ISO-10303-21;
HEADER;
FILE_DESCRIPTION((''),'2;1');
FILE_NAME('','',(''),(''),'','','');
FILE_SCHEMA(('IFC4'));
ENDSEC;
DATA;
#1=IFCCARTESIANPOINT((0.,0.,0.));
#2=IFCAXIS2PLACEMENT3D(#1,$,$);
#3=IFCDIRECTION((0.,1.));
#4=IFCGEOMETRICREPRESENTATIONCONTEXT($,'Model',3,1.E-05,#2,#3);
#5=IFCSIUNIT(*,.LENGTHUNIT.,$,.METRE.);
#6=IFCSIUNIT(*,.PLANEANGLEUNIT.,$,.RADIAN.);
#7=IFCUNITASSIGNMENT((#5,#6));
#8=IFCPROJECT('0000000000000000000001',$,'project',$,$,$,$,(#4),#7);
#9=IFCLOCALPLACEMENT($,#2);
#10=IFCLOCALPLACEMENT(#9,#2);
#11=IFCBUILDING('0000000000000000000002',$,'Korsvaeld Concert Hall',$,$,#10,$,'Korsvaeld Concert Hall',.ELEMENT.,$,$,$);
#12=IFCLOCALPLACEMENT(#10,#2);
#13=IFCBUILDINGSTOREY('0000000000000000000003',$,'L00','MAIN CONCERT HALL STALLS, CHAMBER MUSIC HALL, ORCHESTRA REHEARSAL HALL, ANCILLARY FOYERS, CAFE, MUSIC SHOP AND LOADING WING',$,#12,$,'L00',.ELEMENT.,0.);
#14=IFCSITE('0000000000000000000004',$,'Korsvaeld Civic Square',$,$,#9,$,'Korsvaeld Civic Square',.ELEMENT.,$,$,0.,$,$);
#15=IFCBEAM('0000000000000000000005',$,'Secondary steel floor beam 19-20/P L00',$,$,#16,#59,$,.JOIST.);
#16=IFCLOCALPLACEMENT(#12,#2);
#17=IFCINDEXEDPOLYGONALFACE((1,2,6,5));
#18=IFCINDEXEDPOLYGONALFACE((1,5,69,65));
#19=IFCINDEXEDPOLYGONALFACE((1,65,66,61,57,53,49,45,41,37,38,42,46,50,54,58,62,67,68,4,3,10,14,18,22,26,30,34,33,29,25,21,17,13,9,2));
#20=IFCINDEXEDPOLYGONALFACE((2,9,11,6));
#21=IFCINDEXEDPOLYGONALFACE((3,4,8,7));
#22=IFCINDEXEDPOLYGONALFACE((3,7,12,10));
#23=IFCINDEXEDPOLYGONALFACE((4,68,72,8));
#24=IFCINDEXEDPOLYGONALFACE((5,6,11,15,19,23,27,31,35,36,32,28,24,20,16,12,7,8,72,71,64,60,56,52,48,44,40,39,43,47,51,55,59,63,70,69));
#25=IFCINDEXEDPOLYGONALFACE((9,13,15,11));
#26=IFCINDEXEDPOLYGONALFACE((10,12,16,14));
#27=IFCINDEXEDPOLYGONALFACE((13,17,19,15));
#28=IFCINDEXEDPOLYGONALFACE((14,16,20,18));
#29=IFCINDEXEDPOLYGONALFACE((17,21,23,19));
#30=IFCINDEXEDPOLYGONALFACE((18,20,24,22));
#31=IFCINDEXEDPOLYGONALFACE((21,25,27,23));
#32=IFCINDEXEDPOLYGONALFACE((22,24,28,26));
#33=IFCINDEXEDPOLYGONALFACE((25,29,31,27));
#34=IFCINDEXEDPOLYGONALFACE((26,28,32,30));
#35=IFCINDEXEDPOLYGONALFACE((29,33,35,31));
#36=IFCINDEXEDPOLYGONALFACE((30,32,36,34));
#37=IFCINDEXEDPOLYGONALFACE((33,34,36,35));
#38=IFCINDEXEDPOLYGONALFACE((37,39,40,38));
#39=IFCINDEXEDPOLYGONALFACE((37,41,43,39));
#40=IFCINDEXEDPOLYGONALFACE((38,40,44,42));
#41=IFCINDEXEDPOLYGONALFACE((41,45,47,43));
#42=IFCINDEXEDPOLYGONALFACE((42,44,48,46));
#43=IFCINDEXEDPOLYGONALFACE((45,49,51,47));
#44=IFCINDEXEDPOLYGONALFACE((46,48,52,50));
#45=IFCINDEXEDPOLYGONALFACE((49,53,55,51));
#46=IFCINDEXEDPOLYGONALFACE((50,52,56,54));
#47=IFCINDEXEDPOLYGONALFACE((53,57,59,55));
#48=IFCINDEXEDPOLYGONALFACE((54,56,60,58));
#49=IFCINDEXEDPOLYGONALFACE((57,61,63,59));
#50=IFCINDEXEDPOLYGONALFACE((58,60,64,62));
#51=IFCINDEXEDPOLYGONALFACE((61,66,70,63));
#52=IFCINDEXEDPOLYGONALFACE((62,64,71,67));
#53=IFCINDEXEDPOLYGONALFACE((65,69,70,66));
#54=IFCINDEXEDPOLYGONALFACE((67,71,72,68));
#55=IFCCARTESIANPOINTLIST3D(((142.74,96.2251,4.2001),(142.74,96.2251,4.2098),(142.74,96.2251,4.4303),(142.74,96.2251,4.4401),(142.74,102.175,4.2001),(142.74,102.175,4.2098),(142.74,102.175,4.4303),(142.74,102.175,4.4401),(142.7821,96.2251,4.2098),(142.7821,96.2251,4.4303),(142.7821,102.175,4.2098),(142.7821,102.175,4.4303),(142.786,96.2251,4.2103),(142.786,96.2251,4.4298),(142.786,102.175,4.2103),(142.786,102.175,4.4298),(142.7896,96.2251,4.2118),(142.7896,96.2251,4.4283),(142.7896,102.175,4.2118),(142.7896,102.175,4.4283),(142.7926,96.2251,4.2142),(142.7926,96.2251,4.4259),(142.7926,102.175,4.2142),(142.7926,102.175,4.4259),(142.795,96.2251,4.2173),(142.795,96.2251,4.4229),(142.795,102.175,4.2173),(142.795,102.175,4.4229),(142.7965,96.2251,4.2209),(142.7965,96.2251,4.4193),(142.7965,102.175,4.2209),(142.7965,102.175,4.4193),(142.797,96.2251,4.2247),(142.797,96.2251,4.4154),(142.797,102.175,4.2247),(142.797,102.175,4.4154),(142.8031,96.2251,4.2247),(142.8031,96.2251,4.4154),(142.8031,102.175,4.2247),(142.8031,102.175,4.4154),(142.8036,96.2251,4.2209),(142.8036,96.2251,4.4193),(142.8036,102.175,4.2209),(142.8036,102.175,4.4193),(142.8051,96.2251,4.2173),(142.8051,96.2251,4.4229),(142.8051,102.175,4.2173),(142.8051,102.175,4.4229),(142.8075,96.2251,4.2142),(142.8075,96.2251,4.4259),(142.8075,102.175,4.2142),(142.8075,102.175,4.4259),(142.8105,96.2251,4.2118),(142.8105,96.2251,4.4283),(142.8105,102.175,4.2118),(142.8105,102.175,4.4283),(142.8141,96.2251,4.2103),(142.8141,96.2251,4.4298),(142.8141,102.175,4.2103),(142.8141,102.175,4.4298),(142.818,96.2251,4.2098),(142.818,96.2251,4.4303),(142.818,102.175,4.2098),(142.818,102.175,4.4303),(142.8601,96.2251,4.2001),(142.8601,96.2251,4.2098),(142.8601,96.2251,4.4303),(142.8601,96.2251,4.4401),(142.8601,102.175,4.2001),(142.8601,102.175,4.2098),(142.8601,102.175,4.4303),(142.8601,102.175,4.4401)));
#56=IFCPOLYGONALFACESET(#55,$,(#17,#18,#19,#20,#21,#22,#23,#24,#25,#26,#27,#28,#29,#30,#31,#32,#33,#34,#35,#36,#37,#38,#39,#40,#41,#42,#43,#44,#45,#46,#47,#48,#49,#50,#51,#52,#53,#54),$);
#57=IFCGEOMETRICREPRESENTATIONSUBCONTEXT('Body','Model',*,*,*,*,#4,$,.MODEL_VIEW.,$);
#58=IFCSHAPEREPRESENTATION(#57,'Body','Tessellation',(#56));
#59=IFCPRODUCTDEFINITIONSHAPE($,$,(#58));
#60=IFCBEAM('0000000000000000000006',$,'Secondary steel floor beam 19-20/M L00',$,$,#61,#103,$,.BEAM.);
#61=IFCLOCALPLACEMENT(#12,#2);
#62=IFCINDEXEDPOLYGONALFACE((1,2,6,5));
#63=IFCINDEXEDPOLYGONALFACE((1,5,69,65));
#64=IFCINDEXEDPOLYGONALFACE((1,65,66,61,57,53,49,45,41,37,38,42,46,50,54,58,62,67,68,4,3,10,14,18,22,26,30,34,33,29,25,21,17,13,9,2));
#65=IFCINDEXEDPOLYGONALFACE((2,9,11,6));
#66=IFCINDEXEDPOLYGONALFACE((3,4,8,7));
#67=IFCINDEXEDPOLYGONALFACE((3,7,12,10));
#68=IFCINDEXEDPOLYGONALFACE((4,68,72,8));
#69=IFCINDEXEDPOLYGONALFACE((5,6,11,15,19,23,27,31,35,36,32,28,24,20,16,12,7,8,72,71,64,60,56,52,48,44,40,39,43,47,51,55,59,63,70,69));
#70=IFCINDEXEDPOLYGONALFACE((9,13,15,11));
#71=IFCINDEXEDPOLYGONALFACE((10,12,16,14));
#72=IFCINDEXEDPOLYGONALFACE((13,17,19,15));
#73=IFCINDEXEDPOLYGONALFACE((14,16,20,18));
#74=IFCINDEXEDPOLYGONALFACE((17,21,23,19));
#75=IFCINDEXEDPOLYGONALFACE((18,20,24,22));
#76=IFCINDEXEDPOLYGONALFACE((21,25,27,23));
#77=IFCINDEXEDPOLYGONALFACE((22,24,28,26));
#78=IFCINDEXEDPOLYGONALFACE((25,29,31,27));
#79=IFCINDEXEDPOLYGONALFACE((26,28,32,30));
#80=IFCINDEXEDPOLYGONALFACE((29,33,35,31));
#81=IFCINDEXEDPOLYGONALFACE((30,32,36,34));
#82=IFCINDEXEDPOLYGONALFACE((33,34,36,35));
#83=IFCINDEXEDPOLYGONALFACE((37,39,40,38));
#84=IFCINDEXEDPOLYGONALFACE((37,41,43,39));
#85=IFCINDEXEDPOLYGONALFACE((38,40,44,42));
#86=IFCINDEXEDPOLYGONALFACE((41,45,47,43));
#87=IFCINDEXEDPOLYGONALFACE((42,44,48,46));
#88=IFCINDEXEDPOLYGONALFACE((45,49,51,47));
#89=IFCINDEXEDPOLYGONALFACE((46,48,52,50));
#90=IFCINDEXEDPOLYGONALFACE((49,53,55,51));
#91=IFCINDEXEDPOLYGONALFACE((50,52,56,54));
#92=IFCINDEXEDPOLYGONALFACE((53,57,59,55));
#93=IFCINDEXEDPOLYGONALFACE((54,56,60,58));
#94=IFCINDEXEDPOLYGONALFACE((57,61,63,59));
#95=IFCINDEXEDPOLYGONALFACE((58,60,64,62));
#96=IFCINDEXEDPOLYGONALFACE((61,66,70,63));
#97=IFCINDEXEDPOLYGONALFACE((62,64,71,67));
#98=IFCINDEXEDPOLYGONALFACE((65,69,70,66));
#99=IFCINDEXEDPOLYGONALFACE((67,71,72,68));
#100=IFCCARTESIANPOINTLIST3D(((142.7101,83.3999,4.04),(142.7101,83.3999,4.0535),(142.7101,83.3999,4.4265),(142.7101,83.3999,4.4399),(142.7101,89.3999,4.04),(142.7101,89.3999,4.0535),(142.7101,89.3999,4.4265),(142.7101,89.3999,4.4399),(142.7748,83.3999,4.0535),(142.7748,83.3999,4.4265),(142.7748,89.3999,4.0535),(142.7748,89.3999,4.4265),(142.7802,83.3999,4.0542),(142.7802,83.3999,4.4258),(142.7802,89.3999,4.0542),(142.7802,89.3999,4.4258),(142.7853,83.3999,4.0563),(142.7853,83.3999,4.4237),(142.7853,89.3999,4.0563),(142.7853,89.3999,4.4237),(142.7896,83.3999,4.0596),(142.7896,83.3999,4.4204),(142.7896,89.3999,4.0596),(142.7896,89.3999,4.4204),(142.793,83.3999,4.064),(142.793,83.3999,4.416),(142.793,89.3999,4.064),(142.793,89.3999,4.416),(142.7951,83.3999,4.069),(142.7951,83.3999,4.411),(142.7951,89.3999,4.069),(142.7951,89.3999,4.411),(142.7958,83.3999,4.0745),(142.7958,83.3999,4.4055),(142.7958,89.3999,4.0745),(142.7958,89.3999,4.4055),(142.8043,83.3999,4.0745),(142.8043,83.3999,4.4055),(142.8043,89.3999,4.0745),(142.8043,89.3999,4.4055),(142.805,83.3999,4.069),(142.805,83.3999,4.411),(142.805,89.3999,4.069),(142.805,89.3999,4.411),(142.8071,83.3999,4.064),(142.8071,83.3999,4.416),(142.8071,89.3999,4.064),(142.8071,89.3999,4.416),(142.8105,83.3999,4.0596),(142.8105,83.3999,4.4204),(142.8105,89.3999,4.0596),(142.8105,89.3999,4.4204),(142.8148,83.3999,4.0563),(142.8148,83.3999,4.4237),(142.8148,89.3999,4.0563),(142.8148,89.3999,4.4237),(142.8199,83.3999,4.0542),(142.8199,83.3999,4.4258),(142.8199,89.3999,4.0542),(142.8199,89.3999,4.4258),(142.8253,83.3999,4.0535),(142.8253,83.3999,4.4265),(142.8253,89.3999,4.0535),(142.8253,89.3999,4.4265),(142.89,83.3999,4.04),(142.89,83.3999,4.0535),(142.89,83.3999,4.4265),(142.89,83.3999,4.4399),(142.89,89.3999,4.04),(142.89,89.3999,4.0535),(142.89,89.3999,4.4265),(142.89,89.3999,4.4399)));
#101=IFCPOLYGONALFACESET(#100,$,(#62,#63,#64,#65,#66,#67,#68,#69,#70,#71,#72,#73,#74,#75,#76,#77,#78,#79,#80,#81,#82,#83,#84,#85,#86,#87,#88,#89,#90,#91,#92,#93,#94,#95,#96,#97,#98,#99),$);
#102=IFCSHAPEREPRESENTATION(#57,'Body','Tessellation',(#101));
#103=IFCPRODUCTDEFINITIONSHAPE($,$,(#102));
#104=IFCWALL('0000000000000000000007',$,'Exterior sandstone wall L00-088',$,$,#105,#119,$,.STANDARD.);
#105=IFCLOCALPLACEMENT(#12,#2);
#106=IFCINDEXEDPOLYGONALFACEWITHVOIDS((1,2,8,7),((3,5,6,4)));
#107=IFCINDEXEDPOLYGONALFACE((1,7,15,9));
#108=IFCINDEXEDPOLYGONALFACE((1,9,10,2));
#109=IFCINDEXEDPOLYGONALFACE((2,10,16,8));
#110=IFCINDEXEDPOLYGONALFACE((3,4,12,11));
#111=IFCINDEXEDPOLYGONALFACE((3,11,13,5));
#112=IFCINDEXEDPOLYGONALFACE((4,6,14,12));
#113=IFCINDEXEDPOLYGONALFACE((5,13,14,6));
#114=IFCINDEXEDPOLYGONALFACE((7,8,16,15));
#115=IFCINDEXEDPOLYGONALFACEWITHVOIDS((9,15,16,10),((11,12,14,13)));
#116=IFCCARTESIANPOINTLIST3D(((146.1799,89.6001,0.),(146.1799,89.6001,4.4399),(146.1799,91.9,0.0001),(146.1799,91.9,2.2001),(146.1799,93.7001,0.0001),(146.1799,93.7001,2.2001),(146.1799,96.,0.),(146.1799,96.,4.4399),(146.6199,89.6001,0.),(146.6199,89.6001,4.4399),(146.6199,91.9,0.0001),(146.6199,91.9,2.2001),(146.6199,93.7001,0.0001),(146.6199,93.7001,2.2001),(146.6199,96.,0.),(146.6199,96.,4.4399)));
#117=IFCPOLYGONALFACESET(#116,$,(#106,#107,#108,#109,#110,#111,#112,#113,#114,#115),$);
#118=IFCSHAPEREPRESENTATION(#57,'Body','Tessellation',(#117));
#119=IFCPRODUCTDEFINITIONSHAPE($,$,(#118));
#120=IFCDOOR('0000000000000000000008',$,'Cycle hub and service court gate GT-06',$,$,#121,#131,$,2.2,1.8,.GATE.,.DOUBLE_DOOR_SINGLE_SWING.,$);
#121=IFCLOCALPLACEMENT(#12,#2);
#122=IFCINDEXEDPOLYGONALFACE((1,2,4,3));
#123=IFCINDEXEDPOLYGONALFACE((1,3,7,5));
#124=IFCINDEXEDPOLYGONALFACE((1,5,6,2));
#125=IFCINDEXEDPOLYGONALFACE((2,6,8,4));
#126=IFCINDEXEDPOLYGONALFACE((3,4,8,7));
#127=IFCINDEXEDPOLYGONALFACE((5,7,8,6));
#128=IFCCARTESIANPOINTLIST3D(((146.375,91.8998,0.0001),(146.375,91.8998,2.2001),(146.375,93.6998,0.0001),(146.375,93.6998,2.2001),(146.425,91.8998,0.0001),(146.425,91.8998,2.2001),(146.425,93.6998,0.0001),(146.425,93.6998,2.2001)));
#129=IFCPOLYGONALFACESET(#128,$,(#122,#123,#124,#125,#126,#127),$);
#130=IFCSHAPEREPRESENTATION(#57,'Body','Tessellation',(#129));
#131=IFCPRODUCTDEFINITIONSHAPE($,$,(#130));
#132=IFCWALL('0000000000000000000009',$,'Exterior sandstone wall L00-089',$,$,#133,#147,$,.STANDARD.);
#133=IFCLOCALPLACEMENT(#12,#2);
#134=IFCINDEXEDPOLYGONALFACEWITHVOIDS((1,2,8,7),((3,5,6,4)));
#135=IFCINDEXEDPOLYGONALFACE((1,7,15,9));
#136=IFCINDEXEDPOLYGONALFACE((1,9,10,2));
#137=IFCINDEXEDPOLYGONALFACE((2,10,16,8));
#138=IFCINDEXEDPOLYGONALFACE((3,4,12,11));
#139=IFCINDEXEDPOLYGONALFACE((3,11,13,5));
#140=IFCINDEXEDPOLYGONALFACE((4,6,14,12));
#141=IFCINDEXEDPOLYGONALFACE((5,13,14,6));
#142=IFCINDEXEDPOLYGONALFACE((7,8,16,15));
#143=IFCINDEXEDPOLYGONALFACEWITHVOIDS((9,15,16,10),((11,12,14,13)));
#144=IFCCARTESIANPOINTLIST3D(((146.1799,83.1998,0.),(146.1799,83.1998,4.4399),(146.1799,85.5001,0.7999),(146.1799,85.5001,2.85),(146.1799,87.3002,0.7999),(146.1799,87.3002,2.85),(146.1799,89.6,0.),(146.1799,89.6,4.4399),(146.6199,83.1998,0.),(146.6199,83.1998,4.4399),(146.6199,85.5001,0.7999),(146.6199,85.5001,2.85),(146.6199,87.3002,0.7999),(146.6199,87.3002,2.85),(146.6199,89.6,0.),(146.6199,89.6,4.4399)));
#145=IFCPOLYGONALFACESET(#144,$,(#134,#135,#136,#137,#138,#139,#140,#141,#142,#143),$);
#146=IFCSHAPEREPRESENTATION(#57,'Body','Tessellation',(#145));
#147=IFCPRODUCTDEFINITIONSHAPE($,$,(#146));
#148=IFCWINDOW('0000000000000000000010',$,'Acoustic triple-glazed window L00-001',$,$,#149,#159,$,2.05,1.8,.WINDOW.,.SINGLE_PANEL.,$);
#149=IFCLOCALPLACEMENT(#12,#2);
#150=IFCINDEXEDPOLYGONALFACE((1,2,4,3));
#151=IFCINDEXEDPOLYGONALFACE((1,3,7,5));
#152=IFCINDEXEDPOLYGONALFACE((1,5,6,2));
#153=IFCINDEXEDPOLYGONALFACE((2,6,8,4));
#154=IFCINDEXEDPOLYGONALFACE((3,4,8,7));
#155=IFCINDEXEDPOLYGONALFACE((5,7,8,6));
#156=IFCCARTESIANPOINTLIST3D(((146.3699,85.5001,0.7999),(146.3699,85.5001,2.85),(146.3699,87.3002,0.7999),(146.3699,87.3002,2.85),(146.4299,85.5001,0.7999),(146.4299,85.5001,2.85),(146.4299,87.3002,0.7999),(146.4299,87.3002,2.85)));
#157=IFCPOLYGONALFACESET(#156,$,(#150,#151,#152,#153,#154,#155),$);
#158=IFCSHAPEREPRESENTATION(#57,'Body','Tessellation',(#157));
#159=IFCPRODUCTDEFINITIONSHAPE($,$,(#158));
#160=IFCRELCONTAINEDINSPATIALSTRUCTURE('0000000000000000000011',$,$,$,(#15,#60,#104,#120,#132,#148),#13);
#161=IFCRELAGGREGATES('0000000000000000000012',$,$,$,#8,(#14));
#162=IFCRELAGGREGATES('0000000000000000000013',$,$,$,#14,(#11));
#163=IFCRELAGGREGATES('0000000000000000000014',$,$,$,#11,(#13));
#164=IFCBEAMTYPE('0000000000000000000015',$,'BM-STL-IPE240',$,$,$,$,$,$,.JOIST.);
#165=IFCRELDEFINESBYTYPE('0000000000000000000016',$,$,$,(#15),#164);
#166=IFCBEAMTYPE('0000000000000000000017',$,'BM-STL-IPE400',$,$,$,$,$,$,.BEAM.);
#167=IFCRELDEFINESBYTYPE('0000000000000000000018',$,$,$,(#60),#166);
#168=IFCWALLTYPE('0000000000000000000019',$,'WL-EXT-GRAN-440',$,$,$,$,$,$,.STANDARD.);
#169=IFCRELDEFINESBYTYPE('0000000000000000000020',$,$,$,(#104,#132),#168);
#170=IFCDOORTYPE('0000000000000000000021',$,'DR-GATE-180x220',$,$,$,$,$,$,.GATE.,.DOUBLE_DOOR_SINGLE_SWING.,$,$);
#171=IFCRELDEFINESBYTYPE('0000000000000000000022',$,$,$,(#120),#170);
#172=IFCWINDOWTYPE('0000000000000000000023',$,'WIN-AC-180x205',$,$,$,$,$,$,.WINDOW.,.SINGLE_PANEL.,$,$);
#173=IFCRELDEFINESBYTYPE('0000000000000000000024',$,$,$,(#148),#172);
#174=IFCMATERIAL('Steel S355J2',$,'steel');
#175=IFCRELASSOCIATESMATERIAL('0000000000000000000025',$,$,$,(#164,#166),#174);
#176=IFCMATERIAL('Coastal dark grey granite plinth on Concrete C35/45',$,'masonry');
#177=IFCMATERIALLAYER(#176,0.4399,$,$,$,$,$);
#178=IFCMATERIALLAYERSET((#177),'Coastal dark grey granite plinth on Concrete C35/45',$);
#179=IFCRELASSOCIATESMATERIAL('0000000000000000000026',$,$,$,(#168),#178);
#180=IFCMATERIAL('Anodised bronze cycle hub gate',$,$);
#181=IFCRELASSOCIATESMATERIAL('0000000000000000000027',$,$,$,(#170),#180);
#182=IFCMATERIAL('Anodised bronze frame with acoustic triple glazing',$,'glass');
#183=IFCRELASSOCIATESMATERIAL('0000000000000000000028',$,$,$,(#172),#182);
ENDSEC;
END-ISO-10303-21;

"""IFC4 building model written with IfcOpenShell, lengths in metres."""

from ifc_helpers import new_model, si_unit, direction, frame, frame_2d, origin, origin_2d, place, context, subcontext, project, spatial, rectangle, i_section, extrude, material, layer, layer_set, material_profile, profile_set, type_object, element, fill, save


model = new_model("IFC4")

# Units and contexts
model_context = context("Model", 3, precision=1e-05, world=origin(), true_north=direction((0.0, 1.0)))
body_context = subcontext(model_context, "Body", "Model", "MODEL_VIEW")
ifc_project = project(units=[si_unit("LENGTHUNIT", "METRE"), si_unit("PLANEANGLEUNIT", "RADIAN")], contexts=[model_context])

# Site, building, storey
site_placement = place(None, origin())
site = spatial("IfcSite", under=ifc_project, at=site_placement, Name="Korsvaeld Civic Square", LongName="Korsvaeld Civic Square", CompositionType="ELEMENT", RefElevation=0.0)
building_placement = place(site_placement, origin())
building = spatial("IfcBuilding", under=site, at=building_placement, Name="Korsvaeld Concert Hall", LongName="Korsvaeld Concert Hall", CompositionType="ELEMENT")
storey_placement = place(building_placement, origin())
storey = spatial("IfcBuildingStorey", under=building, at=storey_placement, Name="L00", Description="MAIN CONCERT HALL STALLS, CHAMBER MUSIC HALL, ORCHESTRA REHEARSAL HALL, ANCILLARY FOYERS, CAFE, MUSIC SHOP AND LOADING WING", LongName="L00", CompositionType="ELEMENT", Elevation=0.0)

# Beams
ifc_material_1 = material(Name="Steel S355J2", Category="steel")
ifc_material_profile_1 = material_profile(ifc_material_1, i_section(OverallWidth=0.1201, OverallDepth=0.24, WebThickness=0.0061, FlangeThickness=0.0098, FilletRadius=0.0149, at=origin_2d()), Name="IPE 240")
ifc_profile_set_1 = profile_set([ifc_material_profile_1], Name="Steel S355J2")
beam_type_1 = type_object("IfcBeamType", Name="BM-STL-IPE240", PredefinedType="JOIST", material=ifc_profile_set_1)
beam_1_placement = place(storey_placement, frame((142.8, 96.2251, 4.3201), z_axis=(0.0, 1.0, 0.0), x_axis=(-1.0, 0.0, 0.0)))
element("IfcBeam", 1, at=beam_1_placement, inside=storey, type_object=beam_type_1, Name="Secondary steel floor beam 19-20/P L00", PredefinedType="JOIST", context=body_context, shape_type="SweptSolid", body=[
    extrude(i_section(OverallWidth=0.1201, OverallDepth=0.24, WebThickness=0.0061, FlangeThickness=0.0098, FilletRadius=0.0149, at=origin_2d()), origin(), (0.0, 0.0, 1.0), 5.95),
])
ifc_material_profile_2 = material_profile(ifc_material_1, i_section(OverallWidth=0.1799, OverallDepth=0.3999, WebThickness=0.0085, FlangeThickness=0.0134, FilletRadius=0.021, at=origin_2d()), Name="IPE 400")
ifc_profile_set_2 = profile_set([ifc_material_profile_2], Name="Steel S355J2")
beam_type_2 = type_object("IfcBeamType", Name="BM-STL-IPE400", PredefinedType="BEAM", material=ifc_profile_set_2)
beam_2_placement = place(storey_placement, frame((142.8, 83.3999, 4.24), z_axis=(0.0, 1.0, 0.0), x_axis=(-1.0, 0.0, 0.0)))
element("IfcBeam", 2, at=beam_2_placement, inside=storey, type_object=beam_type_2, Name="Secondary steel floor beam 19-20/M L00", PredefinedType="BEAM", context=body_context, shape_type="SweptSolid", body=[
    extrude(i_section(OverallWidth=0.1799, OverallDepth=0.3999, WebThickness=0.0085, FlangeThickness=0.0134, FilletRadius=0.021, at=origin_2d()), origin(), (0.0, 0.0, 1.0), 6.0),
])

# Wall, opening, door
ifc_material_2 = material(Name="Coastal dark grey granite plinth on Concrete C35/45", Category="masonry")
ifc_layer_1 = layer(ifc_material_2, 0.4399)
ifc_layer_set_1 = layer_set([ifc_layer_1], Name="Coastal dark grey granite plinth on Concrete C35/45")
wall_type_1 = type_object("IfcWallType", Name="WL-EXT-GRAN-440", PredefinedType="STANDARD", material=ifc_layer_set_1)
wall_1_placement = place(storey_placement, frame((146.3999, 96.0, 0.0), z_axis=(0.0, 0.0, 1.0), x_axis=(0.0, -1.0, 0.0)))
wall_1 = element("IfcWall", 3, at=wall_1_placement, inside=storey, type_object=wall_type_1, Name="Exterior sandstone wall L00-088", PredefinedType="STANDARD", context=body_context, shape_type="SweptSolid", body=[
    extrude(rectangle(XDim=6.3999, YDim=0.4399, at=frame_2d((3.2, 0.0))), origin(), (0.0, 0.0, 1.0), 4.4399),
])
opening_1_placement = place(wall_1_placement, frame((2.3, 0.0, 0.0)))
opening_1 = element("IfcOpeningElement", 4, at=opening_1_placement, cuts=wall_1, PredefinedType="OPENING", context=body_context, shape_type="SweptSolid", body=[
    extrude(rectangle(XDim=1.8, YDim=2.2, at=frame_2d((0.8999, 1.1001))), frame((0.0, 0.23, 0.0), z_axis=(0.0, -1.0, 0.0), x_axis=(1.0, 0.0, 0.0)), (0.0, 0.0, 1.0), 0.46),
])
ifc_material_3 = material(Name="Anodised bronze cycle hub gate")
door_type = type_object("IfcDoorType", Name="DR-GATE-180x220", OperationType="DOUBLE_DOOR_SINGLE_SWING", PredefinedType="GATE", material=ifc_material_3)
door_placement = place(opening_1_placement, frame((1.8, 0.0, 0.0), z_axis=(0.0, 0.0, 1.0), x_axis=(-1.0, 0.0, 0.0)))
door = element("IfcDoor", 5, at=door_placement, inside=storey, type_object=door_type, Name="Cycle hub and service court gate GT-06", OperationType="DOUBLE_DOOR_SINGLE_SWING", OverallHeight=2.2, OverallWidth=1.8, PredefinedType="GATE", context=body_context, shape_type="SweptSolid", body=[
    extrude(rectangle(XDim=1.8, YDim=2.2, at=frame_2d((0.8999, 1.1001))), frame((0.0, 0.0249, 0.0), z_axis=(0.0, -1.0, 0.0), x_axis=(1.0, 0.0, 0.0)), (0.0, 0.0, 1.0), 0.05),
])
fill(opening_1, door)

# Wall, opening, window
wall_2_placement = place(storey_placement, frame((146.3999, 89.6001, 0.0), z_axis=(0.0, 0.0, 1.0), x_axis=(0.0, -1.0, 0.0)))
wall_2 = element("IfcWall", 6, at=wall_2_placement, inside=storey, type_object=wall_type_1, Name="Exterior sandstone wall L00-089", PredefinedType="STANDARD", context=body_context, shape_type="SweptSolid", body=[
    extrude(rectangle(XDim=6.4001, YDim=0.4399, at=frame_2d((3.2002, 0.0))), origin(), (0.0, 0.0, 1.0), 4.4399),
])
opening_2_placement = place(wall_2_placement, frame((2.3, 0.0, 0.8)))
opening_2 = element("IfcOpeningElement", 7, at=opening_2_placement, cuts=wall_2, PredefinedType="OPENING", context=body_context, shape_type="SweptSolid", body=[
    extrude(rectangle(XDim=1.8, YDim=2.05, at=frame_2d((0.8999, 1.0249))), frame((0.0, 0.23, 0.0), z_axis=(0.0, -1.0, 0.0), x_axis=(1.0, 0.0, 0.0)), (0.0, 0.0, 1.0), 0.46),
])
ifc_material_4 = material(Name="Anodised bronze frame with acoustic triple glazing", Category="glass")
window_type_1 = type_object("IfcWindowType", Name="WIN-AC-180x205", PartitioningType="SINGLE_PANEL", PredefinedType="WINDOW", material=ifc_material_4)
window_1_placement = place(opening_2_placement, origin())
window_1 = element("IfcWindow", 8, at=window_1_placement, inside=storey, type_object=window_type_1, Name="Acoustic triple-glazed window L00-001", OverallHeight=2.05, OverallWidth=1.8, PartitioningType="SINGLE_PANEL", PredefinedType="WINDOW", context=body_context, shape_type="SweptSolid", body=[
    extrude(rectangle(XDim=1.8, YDim=2.05, at=frame_2d((0.8999, 1.0249))), frame((0.0, 0.03, 0.0), z_axis=(0.0, -1.0, 0.0), x_axis=(1.0, 0.0, 0.0)), (0.0, 0.0, 1.0), 0.0601),
])
fill(opening_2, window_1)

save(model, "model.ifc")
